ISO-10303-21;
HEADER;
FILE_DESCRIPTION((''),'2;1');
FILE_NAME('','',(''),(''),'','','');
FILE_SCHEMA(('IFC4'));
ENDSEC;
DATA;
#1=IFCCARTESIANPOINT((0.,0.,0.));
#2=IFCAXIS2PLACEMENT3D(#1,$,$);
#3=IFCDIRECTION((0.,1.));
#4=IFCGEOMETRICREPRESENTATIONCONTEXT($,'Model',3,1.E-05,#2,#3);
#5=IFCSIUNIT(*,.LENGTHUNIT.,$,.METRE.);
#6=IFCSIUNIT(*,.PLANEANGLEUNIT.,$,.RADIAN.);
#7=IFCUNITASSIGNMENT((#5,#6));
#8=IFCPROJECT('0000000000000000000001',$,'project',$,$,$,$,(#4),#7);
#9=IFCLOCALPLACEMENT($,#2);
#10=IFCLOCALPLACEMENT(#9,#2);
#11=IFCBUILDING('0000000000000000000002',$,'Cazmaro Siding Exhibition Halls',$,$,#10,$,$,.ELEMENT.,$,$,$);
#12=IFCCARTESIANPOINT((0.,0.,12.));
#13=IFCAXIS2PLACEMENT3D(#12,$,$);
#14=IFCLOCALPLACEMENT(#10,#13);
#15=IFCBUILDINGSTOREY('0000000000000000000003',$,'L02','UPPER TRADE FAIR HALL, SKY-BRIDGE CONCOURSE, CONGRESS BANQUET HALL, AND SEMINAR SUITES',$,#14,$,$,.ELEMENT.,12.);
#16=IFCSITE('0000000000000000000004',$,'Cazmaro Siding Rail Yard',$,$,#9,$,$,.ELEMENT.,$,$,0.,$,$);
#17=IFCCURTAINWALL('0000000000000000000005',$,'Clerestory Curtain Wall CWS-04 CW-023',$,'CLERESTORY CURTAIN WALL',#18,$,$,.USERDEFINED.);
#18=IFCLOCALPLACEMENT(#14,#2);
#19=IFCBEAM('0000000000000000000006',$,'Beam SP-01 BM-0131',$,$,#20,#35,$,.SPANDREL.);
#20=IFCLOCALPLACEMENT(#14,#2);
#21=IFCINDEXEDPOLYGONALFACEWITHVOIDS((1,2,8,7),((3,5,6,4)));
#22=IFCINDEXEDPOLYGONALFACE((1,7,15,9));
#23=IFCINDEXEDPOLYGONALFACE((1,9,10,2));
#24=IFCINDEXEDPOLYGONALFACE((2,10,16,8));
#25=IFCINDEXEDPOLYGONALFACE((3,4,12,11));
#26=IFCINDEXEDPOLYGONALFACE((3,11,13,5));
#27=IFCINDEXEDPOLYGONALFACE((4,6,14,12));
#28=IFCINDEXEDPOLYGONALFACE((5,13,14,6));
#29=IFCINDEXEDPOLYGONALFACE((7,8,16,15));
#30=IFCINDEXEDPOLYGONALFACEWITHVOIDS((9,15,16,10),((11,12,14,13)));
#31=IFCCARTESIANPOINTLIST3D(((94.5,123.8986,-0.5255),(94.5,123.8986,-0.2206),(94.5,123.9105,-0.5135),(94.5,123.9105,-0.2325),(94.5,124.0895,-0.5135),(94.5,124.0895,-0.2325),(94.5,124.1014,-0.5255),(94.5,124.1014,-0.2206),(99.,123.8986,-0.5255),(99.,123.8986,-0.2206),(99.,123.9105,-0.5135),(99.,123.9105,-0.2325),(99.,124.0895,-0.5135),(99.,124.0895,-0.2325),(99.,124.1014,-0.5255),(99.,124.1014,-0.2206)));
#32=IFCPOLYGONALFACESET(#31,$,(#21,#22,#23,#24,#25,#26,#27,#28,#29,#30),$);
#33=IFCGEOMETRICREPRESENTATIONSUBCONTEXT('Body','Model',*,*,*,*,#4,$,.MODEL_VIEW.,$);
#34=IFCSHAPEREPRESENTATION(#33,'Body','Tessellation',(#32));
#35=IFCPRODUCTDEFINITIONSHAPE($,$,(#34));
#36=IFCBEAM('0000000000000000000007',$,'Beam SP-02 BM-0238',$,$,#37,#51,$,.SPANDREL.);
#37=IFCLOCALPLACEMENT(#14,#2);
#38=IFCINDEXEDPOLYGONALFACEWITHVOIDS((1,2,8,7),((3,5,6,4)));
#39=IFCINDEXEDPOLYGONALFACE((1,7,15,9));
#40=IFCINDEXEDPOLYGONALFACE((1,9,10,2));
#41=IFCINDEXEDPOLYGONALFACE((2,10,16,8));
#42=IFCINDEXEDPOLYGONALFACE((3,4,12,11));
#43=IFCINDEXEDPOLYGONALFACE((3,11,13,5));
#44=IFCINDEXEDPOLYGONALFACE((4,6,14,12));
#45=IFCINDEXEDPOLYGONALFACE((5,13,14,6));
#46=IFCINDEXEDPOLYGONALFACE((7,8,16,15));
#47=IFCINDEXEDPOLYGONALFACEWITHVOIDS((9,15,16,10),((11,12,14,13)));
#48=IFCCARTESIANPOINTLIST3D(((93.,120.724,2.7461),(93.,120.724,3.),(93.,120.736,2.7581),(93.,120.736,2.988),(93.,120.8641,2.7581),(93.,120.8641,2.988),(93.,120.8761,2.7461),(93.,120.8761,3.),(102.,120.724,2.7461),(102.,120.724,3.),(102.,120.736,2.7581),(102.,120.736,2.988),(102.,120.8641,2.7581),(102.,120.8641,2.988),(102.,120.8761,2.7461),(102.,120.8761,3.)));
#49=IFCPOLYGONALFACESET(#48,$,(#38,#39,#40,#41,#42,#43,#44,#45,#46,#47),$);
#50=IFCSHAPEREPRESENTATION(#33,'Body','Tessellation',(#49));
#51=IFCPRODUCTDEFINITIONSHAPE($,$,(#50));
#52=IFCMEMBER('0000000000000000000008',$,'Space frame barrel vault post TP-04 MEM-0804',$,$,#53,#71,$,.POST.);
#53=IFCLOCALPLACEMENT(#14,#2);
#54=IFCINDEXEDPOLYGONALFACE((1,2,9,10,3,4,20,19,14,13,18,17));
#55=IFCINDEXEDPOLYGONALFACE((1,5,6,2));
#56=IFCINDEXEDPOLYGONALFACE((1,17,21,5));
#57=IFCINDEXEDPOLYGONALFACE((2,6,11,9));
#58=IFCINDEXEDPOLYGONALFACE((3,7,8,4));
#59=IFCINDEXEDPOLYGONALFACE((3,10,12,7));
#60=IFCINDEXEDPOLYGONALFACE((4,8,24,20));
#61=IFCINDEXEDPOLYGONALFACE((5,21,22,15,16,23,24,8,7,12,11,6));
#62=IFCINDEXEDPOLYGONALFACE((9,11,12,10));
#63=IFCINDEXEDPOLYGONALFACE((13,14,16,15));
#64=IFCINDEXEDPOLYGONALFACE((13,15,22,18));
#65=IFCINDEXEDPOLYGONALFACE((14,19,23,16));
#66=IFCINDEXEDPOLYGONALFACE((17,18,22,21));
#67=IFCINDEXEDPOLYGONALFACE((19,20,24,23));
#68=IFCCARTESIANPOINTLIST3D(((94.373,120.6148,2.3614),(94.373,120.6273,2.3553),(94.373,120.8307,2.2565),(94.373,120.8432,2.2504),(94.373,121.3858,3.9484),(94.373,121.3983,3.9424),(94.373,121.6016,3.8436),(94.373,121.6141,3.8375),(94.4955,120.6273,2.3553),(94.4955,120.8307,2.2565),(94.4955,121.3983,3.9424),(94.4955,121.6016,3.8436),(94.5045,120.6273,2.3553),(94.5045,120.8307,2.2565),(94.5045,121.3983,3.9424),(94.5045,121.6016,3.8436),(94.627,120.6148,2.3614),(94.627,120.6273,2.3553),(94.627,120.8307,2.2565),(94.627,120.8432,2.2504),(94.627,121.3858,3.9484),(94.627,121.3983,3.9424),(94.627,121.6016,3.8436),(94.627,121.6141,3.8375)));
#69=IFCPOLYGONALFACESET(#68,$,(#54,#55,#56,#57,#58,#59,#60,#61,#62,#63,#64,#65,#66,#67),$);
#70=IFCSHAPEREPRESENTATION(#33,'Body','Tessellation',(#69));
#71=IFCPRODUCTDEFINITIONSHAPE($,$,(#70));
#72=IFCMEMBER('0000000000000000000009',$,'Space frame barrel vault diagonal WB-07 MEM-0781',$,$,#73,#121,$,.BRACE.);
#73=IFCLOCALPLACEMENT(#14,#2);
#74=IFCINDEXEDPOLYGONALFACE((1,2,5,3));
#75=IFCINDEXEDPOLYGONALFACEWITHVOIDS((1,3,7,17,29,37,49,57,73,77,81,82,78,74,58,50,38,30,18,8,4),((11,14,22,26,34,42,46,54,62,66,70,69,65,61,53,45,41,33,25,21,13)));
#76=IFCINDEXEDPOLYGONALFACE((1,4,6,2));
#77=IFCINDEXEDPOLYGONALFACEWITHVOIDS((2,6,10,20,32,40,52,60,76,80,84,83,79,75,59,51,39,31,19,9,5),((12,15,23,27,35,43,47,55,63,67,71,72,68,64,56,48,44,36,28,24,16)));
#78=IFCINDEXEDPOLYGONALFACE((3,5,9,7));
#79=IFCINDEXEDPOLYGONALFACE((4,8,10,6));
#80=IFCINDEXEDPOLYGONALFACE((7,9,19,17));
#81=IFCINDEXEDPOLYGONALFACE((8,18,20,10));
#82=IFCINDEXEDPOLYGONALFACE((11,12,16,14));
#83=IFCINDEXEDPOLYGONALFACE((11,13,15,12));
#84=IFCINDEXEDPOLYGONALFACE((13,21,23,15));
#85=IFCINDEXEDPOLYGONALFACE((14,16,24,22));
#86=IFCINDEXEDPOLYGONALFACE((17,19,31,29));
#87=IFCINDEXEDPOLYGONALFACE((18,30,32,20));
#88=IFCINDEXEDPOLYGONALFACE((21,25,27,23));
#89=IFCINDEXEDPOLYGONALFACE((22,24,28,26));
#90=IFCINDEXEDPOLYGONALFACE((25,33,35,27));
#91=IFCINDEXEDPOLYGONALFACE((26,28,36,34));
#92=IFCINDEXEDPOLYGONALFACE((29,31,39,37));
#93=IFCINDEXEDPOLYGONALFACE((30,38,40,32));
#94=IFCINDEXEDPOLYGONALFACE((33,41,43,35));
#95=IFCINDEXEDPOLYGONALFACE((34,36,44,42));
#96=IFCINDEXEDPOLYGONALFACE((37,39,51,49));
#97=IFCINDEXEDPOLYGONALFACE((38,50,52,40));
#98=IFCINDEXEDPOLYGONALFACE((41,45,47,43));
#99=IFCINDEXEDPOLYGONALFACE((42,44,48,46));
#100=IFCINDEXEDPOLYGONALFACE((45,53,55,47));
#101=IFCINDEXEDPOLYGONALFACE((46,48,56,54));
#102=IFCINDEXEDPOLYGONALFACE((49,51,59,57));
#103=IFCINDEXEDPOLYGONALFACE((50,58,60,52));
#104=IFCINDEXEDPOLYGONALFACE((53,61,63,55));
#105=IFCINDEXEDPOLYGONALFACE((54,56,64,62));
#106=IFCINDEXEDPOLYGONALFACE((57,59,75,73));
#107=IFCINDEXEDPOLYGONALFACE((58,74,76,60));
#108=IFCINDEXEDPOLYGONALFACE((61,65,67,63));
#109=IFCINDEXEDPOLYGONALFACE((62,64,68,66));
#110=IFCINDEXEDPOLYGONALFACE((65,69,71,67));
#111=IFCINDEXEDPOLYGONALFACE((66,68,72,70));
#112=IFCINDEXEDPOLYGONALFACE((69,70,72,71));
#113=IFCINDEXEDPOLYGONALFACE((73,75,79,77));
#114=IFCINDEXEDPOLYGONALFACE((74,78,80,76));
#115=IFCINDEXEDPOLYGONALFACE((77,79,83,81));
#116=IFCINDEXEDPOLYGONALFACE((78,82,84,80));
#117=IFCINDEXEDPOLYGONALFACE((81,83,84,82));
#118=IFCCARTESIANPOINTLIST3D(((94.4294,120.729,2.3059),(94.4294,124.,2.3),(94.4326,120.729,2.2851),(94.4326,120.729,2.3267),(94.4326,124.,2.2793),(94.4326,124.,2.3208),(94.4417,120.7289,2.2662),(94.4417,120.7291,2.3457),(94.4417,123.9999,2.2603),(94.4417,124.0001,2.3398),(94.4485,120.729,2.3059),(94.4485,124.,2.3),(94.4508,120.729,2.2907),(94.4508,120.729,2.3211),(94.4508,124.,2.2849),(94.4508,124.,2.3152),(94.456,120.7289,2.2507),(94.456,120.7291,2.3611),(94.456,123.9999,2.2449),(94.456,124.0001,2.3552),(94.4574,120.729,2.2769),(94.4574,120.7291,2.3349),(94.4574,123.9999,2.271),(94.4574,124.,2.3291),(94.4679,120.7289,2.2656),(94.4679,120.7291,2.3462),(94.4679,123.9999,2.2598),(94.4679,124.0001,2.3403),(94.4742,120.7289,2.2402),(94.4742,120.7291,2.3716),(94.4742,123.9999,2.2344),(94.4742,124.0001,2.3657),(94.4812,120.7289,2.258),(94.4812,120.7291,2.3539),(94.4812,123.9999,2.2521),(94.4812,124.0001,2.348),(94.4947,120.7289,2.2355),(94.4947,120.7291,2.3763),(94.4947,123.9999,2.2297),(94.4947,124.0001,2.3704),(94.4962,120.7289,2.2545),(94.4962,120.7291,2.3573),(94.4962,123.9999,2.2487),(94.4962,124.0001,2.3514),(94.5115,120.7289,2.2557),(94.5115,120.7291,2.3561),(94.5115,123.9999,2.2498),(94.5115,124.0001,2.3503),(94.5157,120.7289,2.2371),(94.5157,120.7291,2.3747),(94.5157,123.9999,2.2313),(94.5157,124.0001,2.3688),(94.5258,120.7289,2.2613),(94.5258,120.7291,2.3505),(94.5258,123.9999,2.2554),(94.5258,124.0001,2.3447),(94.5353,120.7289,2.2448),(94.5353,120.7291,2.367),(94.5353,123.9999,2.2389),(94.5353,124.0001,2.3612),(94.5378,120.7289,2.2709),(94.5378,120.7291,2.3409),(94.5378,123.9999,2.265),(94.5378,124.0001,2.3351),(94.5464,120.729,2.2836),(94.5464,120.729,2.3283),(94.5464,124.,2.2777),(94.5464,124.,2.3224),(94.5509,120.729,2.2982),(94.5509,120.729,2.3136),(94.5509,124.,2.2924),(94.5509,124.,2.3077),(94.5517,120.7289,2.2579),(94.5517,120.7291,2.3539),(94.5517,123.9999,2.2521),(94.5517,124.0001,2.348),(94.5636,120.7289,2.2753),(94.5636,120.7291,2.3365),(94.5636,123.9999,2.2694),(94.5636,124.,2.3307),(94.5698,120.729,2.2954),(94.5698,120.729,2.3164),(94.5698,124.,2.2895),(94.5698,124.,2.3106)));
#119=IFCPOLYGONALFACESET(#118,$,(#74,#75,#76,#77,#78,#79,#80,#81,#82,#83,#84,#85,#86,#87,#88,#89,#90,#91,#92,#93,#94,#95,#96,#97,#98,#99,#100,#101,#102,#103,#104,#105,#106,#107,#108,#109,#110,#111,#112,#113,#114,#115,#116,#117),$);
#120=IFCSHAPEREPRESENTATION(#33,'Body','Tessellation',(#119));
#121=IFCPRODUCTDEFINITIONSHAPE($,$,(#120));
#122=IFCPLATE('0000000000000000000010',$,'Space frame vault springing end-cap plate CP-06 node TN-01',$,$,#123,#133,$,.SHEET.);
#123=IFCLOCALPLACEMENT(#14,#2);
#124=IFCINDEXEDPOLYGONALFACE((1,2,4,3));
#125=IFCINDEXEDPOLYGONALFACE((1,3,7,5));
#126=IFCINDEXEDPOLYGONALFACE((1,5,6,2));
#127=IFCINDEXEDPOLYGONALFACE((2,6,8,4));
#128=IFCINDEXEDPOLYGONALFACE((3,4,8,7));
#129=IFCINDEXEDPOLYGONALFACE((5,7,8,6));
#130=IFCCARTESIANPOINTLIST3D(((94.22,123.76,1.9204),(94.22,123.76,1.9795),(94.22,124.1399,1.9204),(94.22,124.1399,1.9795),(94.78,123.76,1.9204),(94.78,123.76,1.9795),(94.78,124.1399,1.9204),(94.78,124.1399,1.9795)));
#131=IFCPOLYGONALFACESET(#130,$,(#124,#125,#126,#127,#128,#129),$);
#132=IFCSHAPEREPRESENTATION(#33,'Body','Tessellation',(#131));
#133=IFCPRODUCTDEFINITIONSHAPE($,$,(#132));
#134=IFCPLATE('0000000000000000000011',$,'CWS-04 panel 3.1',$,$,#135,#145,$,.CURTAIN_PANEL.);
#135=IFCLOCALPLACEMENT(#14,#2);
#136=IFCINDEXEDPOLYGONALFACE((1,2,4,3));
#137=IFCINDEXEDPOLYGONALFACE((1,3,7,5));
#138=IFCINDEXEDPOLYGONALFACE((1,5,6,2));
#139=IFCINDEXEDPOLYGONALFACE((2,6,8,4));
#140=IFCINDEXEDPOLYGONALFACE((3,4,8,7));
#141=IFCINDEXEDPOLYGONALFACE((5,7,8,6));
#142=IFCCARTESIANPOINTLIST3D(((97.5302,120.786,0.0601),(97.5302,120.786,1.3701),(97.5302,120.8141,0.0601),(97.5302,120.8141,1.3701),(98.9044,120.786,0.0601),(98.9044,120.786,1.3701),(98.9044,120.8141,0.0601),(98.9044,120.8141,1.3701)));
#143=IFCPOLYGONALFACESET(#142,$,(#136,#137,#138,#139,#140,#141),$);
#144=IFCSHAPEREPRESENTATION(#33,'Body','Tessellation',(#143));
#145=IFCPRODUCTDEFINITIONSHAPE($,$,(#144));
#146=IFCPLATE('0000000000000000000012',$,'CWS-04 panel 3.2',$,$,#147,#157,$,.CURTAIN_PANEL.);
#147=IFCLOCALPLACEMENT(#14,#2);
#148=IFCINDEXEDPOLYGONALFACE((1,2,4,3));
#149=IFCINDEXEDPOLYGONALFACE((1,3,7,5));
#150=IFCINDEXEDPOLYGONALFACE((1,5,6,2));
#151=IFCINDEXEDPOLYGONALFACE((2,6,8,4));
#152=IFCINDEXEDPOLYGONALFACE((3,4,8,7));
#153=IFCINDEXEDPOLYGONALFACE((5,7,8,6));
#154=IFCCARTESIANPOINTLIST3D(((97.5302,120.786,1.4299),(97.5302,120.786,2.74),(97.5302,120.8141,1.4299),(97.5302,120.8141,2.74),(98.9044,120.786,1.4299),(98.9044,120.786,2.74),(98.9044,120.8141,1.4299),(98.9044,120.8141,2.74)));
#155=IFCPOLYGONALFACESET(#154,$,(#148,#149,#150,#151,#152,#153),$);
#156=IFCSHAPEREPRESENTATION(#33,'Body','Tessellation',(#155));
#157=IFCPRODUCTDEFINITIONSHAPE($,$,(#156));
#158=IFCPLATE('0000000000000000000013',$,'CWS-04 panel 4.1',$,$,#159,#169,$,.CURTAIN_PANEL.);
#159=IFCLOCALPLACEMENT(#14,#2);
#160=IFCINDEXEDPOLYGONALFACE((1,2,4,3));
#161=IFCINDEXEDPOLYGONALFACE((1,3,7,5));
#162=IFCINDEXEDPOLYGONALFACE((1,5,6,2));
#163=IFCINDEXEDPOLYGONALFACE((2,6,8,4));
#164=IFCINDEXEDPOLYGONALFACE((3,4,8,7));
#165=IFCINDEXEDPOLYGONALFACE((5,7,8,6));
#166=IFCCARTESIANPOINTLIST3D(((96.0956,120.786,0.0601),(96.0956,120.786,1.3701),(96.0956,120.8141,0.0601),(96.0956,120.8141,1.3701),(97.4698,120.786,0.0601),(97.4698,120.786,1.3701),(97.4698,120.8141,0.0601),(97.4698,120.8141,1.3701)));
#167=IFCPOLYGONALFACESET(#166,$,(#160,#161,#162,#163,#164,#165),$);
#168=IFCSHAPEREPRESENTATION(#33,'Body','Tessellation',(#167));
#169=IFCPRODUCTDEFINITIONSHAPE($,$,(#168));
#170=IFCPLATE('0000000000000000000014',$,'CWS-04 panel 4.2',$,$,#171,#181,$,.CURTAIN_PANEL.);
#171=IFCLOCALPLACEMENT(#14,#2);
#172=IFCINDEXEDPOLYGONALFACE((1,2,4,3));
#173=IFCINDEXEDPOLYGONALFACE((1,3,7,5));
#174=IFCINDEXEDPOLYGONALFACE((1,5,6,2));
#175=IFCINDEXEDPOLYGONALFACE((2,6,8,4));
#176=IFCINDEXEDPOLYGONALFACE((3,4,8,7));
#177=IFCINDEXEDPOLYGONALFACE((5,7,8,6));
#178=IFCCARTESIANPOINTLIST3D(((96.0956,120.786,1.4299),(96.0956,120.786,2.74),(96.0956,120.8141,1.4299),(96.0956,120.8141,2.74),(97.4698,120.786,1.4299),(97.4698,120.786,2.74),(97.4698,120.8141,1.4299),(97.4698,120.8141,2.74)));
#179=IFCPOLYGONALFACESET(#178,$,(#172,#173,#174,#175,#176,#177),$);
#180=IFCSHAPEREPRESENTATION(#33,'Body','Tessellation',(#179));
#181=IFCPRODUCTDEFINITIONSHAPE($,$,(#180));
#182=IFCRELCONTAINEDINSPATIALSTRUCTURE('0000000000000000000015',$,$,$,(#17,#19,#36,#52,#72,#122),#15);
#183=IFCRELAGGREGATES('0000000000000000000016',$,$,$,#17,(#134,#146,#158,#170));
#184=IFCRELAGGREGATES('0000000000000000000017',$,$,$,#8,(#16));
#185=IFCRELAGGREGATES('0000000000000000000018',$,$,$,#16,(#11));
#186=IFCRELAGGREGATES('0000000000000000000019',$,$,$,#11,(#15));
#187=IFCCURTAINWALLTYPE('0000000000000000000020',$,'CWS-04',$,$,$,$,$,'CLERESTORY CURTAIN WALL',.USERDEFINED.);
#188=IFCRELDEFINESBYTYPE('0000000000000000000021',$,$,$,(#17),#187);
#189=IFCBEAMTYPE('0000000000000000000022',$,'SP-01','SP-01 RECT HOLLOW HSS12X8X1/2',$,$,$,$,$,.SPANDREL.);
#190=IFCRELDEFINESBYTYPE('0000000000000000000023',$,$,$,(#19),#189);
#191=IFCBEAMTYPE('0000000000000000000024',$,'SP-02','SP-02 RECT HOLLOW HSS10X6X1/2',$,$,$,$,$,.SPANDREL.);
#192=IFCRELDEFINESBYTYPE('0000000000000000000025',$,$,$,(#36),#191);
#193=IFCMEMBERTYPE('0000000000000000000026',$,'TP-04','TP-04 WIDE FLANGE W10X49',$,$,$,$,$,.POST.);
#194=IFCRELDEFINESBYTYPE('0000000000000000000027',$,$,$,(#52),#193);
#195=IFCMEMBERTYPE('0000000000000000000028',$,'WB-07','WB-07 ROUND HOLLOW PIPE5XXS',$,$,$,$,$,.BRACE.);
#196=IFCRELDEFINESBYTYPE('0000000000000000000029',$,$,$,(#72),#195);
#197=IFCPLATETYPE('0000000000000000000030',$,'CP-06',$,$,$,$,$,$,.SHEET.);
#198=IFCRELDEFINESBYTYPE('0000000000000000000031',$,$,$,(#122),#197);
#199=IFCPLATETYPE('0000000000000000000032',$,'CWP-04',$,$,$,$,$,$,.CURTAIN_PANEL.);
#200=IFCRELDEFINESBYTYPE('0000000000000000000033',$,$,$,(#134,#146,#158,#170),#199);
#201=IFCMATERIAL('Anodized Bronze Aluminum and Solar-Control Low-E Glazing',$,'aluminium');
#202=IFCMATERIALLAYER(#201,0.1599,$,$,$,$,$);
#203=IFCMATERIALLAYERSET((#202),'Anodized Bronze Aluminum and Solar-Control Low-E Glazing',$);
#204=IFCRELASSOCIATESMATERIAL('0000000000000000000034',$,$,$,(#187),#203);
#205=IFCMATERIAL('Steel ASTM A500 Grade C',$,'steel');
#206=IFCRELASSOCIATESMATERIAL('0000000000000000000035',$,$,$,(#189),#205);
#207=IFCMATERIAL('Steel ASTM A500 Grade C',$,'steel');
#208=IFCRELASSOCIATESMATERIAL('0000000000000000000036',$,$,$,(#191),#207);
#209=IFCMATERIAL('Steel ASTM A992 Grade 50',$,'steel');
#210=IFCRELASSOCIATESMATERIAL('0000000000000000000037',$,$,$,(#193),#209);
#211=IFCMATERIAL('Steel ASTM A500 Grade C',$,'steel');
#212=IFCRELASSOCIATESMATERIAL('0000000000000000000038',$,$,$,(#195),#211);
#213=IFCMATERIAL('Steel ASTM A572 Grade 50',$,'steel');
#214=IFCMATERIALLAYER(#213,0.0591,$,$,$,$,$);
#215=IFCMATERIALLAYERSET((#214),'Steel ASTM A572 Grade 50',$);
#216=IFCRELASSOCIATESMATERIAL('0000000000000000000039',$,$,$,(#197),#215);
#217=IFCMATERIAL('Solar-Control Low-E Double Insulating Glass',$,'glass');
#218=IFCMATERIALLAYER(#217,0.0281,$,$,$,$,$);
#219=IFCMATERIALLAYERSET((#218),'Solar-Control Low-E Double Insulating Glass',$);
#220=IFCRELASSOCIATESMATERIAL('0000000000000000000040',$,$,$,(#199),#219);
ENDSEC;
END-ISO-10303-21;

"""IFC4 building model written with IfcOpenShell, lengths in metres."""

from ifc_helpers import new_model, si_unit, direction, frame, origin, origin_2d, place, context, subcontext, project, spatial, rectangle, hollow_rectangle, hollow_circle, i_section, extrude, material, layer, layer_set, material_profile, profile_set, type_object, element, aggregate, save


model = new_model("IFC4")

# Units and contexts
model_context = context("Model", 3, precision=1e-05, world=origin(), true_north=direction((0.0, 1.0)))
body_context = subcontext(model_context, "Body", "Model", "MODEL_VIEW")
ifc_project = project(units=[si_unit("LENGTHUNIT", "METRE"), si_unit("PLANEANGLEUNIT", "RADIAN")], contexts=[model_context])

# Site, building, storey
site_placement = place(None, origin())
site = spatial("IfcSite", under=ifc_project, at=site_placement, Name="Cazmaro Siding Rail Yard", CompositionType="ELEMENT", RefElevation=0.0)
building_placement = place(site_placement, origin())
building = spatial("IfcBuilding", under=site, at=building_placement, Name="Cazmaro Siding Exhibition Halls", CompositionType="ELEMENT")
storey_placement = place(building_placement, frame((0.0, 0.0, 12.0)))
storey = spatial("IfcBuildingStorey", under=building, at=storey_placement, Name="L02", Description="UPPER TRADE FAIR HALL, SKY-BRIDGE CONCOURSE, CONGRESS BANQUET HALL, AND SEMINAR SUITES", CompositionType="ELEMENT", Elevation=12.0)

# Shared definitions
ifc_material_1 = material(Name="Anodized Bronze Aluminum and Solar-Control Low-E Glazing", Category="aluminium")
ifc_layer_1 = layer(ifc_material_1, 0.1599)
ifc_layer_set_1 = layer_set([ifc_layer_1], Name="Anodized Bronze Aluminum and Solar-Control Low-E Glazing")
curtain_wall_type = type_object("IfcCurtainWallType", Name="CWS-04", ElementType="CLERESTORY CURTAIN WALL", PredefinedType="USERDEFINED", material=ifc_layer_set_1)

# Curtain wall
curtain_wall_1_placement = place(storey_placement, origin())
curtain_wall_1 = element("IfcCurtainWall", 1, at=curtain_wall_1_placement, inside=storey, type_object=curtain_wall_type, Name="Clerestory Curtain Wall CWS-04 CW-023", ObjectType="CLERESTORY CURTAIN WALL", PredefinedType="USERDEFINED")

# Beams
ifc_material_2 = material(Name="Steel ASTM A500 Grade C", Category="steel")
ifc_material_profile_1 = material_profile(ifc_material_2, hollow_rectangle(XDim=0.2029, YDim=0.3049, WallThickness=0.012, at=origin_2d()), Name="HSS12X8X1/2")
ifc_profile_set_1 = profile_set([ifc_material_profile_1], Name="Steel ASTM A500 Grade C")
beam_type_1 = type_object("IfcBeamType", Name="SP-01", Description="SP-01 RECT HOLLOW HSS12X8X1/2", PredefinedType="SPANDREL", material=ifc_profile_set_1)
beam_1_placement = place(storey_placement, frame((94.5, 124.0, -0.373), z_axis=(1.0, 0.0, 0.0), x_axis=(0.0, 1.0, 0.0)))
element("IfcBeam", 2, at=beam_1_placement, inside=storey, type_object=beam_type_1, Name="Beam SP-01 BM-0131", PredefinedType="SPANDREL", context=body_context, shape_type="SweptSolid", body=[
    extrude(hollow_rectangle(XDim=0.2029, YDim=0.3049, WallThickness=0.012, at=origin_2d()), origin(), (0.0, 0.0, 1.0), 4.5),
])
ifc_material_3 = material(Name="Steel ASTM A500 Grade C", Category="steel")
ifc_material_profile_2 = material_profile(ifc_material_3, hollow_rectangle(XDim=0.1521, YDim=0.2539, WallThickness=0.012, at=origin_2d()), Name="HSS10X6X1/2")
ifc_profile_set_2 = profile_set([ifc_material_profile_2], Name="Steel ASTM A500 Grade C")
beam_type_2 = type_object("IfcBeamType", Name="SP-02", Description="SP-02 RECT HOLLOW HSS10X6X1/2", PredefinedType="SPANDREL", material=ifc_profile_set_2)
beam_2_placement = place(storey_placement, frame((93.0, 120.8, 2.873), z_axis=(1.0, 0.0, 0.0), x_axis=(0.0, 1.0, 0.0)))
element("IfcBeam", 3, at=beam_2_placement, inside=storey, type_object=beam_type_2, Name="Beam SP-02 BM-0238", PredefinedType="SPANDREL", context=body_context, shape_type="SweptSolid", body=[
    extrude(hollow_rectangle(XDim=0.1521, YDim=0.2539, WallThickness=0.012, at=origin_2d()), origin(), (0.0, 0.0, 1.0), 9.0),
])

# Members
ifc_material_4 = material(Name="Steel ASTM A992 Grade 50", Category="steel")
ifc_material_profile_3 = material_profile(ifc_material_4, i_section(OverallWidth=0.2539, OverallDepth=0.2539, WebThickness=0.009, FlangeThickness=0.0139, at=origin_2d()), Name="W10X49")
ifc_profile_set_3 = profile_set([ifc_material_profile_3], Name="Steel ASTM A992 Grade 50")
member_type_1 = type_object("IfcMemberType", Name="TP-04", Description="TP-04 WIDE FLANGE W10X49", PredefinedType="POST", material=ifc_profile_set_3)
member_1_placement = place(storey_placement, frame((94.5, 120.729, 2.3059), z_axis=(0.0, 0.436946, 0.899488), x_axis=(-1.0, 0.0, 0.0)))
element("IfcMember", 4, at=member_1_placement, inside=storey, type_object=member_type_1, Name="Space frame barrel vault post TP-04 MEM-0804", PredefinedType="POST", context=body_context, shape_type="SweptSolid", body=[
    extrude(i_section(OverallWidth=0.2539, OverallDepth=0.2539, WebThickness=0.009, FlangeThickness=0.0139, at=origin_2d()), origin(), (0.0, 0.0, 1.0), 1.7644),
])
ifc_material_5 = material(Name="Steel ASTM A500 Grade C", Category="steel")
ifc_material_profile_4 = material_profile(ifc_material_5, hollow_circle(Radius=0.0706, WallThickness=0.019, at=origin_2d()), Name="PIPE5XXS")
ifc_profile_set_4 = profile_set([ifc_material_profile_4], Name="Steel ASTM A500 Grade C")
member_type_2 = type_object("IfcMemberType", Name="WB-07", Description="WB-07 ROUND HOLLOW PIPE5XXS", PredefinedType="BRACE", material=ifc_profile_set_4)
member_2_placement = place(storey_placement, frame((94.5, 120.729, 2.3059), z_axis=(0.0, 0.999998, -0.001791), x_axis=(-1.0, 0.0, 0.0)))
element("IfcMember", 5, at=member_2_placement, inside=storey, type_object=member_type_2, Name="Space frame barrel vault diagonal WB-07 MEM-0781", PredefinedType="BRACE", context=body_context, shape_type="SweptSolid", body=[
    extrude(hollow_circle(Radius=0.0706, WallThickness=0.019, at=origin_2d()), origin(), (0.0, 0.0, 1.0), 3.271),
])

# Plates
ifc_material_6 = material(Name="Steel ASTM A572 Grade 50", Category="steel")
ifc_layer_2 = layer(ifc_material_6, 0.0591)
ifc_layer_set_2 = layer_set([ifc_layer_2], Name="Steel ASTM A572 Grade 50")
plate_type_1 = type_object("IfcPlateType", Name="CP-06", PredefinedType="SHEET", material=ifc_layer_set_2)
plate_1_placement = place(storey_placement, frame((94.5, 123.95, 1.9204), z_axis=(0.0, 0.0, 1.0), x_axis=(1.0, 0.0, 0.0)))
element("IfcPlate", 6, at=plate_1_placement, inside=storey, type_object=plate_type_1, Name="Space frame vault springing end-cap plate CP-06 node TN-01", PredefinedType="SHEET", context=body_context, shape_type="SweptSolid", body=[
    extrude(rectangle(XDim=0.5601, YDim=0.3799, at=origin_2d()), origin(), (0.0, 0.0, 1.0), 0.0591),
])
ifc_material_7 = material(Name="Solar-Control Low-E Double Insulating Glass", Category="glass")
ifc_layer_3 = layer(ifc_material_7, 0.0281)
ifc_layer_set_3 = layer_set([ifc_layer_3], Name="Solar-Control Low-E Double Insulating Glass")
plate_type_2 = type_object("IfcPlateType", Name="CWP-04", PredefinedType="CURTAIN_PANEL", material=ifc_layer_set_3)
plate_2_placement = place(storey_placement, frame((98.2173, 120.8, 0.0601), z_axis=(0.0, 0.0, 1.0), x_axis=(-1.0, 0.0, 0.0)))
plate_2 = element("IfcPlate", 7, at=plate_2_placement, type_object=plate_type_2, Name="CWS-04 panel 3.1", PredefinedType="CURTAIN_PANEL", context=body_context, shape_type="SweptSolid", body=[
    extrude(rectangle(XDim=1.3743, YDim=0.0281, at=origin_2d()), origin(), (0.0, 0.0, 1.0), 1.3101),
])
plate_3_placement = place(storey_placement, frame((98.2173, 120.8, 1.4299), z_axis=(0.0, 0.0, 1.0), x_axis=(-1.0, 0.0, 0.0)))
plate_3 = element("IfcPlate", 8, at=plate_3_placement, type_object=plate_type_2, Name="CWS-04 panel 3.2", PredefinedType="CURTAIN_PANEL", context=body_context, shape_type="SweptSolid", body=[
    extrude(rectangle(XDim=1.3743, YDim=0.0281, at=origin_2d()), origin(), (0.0, 0.0, 1.0), 1.3101),
])
plate_4_placement = place(storey_placement, frame((96.7827, 120.8, 0.0601), z_axis=(0.0, 0.0, 1.0), x_axis=(-1.0, 0.0, 0.0)))
plate_4 = element("IfcPlate", 9, at=plate_4_placement, type_object=plate_type_2, Name="CWS-04 panel 4.1", PredefinedType="CURTAIN_PANEL", context=body_context, shape_type="SweptSolid", body=[
    extrude(rectangle(XDim=1.3743, YDim=0.0281, at=origin_2d()), origin(), (0.0, 0.0, 1.0), 1.3101),
])
plate_5_placement = place(storey_placement, frame((96.7827, 120.8, 1.4299), z_axis=(0.0, 0.0, 1.0), x_axis=(-1.0, 0.0, 0.0)))
plate_5 = element("IfcPlate", 10, at=plate_5_placement, type_object=plate_type_2, Name="CWS-04 panel 4.2", PredefinedType="CURTAIN_PANEL", context=body_context, shape_type="SweptSolid", body=[
    extrude(rectangle(XDim=1.3743, YDim=0.0281, at=origin_2d()), origin(), (0.0, 0.0, 1.0), 1.3101),
])
aggregate(curtain_wall_1, [plate_2, plate_3, plate_4, plate_5])

save(model, "model.ifc")
